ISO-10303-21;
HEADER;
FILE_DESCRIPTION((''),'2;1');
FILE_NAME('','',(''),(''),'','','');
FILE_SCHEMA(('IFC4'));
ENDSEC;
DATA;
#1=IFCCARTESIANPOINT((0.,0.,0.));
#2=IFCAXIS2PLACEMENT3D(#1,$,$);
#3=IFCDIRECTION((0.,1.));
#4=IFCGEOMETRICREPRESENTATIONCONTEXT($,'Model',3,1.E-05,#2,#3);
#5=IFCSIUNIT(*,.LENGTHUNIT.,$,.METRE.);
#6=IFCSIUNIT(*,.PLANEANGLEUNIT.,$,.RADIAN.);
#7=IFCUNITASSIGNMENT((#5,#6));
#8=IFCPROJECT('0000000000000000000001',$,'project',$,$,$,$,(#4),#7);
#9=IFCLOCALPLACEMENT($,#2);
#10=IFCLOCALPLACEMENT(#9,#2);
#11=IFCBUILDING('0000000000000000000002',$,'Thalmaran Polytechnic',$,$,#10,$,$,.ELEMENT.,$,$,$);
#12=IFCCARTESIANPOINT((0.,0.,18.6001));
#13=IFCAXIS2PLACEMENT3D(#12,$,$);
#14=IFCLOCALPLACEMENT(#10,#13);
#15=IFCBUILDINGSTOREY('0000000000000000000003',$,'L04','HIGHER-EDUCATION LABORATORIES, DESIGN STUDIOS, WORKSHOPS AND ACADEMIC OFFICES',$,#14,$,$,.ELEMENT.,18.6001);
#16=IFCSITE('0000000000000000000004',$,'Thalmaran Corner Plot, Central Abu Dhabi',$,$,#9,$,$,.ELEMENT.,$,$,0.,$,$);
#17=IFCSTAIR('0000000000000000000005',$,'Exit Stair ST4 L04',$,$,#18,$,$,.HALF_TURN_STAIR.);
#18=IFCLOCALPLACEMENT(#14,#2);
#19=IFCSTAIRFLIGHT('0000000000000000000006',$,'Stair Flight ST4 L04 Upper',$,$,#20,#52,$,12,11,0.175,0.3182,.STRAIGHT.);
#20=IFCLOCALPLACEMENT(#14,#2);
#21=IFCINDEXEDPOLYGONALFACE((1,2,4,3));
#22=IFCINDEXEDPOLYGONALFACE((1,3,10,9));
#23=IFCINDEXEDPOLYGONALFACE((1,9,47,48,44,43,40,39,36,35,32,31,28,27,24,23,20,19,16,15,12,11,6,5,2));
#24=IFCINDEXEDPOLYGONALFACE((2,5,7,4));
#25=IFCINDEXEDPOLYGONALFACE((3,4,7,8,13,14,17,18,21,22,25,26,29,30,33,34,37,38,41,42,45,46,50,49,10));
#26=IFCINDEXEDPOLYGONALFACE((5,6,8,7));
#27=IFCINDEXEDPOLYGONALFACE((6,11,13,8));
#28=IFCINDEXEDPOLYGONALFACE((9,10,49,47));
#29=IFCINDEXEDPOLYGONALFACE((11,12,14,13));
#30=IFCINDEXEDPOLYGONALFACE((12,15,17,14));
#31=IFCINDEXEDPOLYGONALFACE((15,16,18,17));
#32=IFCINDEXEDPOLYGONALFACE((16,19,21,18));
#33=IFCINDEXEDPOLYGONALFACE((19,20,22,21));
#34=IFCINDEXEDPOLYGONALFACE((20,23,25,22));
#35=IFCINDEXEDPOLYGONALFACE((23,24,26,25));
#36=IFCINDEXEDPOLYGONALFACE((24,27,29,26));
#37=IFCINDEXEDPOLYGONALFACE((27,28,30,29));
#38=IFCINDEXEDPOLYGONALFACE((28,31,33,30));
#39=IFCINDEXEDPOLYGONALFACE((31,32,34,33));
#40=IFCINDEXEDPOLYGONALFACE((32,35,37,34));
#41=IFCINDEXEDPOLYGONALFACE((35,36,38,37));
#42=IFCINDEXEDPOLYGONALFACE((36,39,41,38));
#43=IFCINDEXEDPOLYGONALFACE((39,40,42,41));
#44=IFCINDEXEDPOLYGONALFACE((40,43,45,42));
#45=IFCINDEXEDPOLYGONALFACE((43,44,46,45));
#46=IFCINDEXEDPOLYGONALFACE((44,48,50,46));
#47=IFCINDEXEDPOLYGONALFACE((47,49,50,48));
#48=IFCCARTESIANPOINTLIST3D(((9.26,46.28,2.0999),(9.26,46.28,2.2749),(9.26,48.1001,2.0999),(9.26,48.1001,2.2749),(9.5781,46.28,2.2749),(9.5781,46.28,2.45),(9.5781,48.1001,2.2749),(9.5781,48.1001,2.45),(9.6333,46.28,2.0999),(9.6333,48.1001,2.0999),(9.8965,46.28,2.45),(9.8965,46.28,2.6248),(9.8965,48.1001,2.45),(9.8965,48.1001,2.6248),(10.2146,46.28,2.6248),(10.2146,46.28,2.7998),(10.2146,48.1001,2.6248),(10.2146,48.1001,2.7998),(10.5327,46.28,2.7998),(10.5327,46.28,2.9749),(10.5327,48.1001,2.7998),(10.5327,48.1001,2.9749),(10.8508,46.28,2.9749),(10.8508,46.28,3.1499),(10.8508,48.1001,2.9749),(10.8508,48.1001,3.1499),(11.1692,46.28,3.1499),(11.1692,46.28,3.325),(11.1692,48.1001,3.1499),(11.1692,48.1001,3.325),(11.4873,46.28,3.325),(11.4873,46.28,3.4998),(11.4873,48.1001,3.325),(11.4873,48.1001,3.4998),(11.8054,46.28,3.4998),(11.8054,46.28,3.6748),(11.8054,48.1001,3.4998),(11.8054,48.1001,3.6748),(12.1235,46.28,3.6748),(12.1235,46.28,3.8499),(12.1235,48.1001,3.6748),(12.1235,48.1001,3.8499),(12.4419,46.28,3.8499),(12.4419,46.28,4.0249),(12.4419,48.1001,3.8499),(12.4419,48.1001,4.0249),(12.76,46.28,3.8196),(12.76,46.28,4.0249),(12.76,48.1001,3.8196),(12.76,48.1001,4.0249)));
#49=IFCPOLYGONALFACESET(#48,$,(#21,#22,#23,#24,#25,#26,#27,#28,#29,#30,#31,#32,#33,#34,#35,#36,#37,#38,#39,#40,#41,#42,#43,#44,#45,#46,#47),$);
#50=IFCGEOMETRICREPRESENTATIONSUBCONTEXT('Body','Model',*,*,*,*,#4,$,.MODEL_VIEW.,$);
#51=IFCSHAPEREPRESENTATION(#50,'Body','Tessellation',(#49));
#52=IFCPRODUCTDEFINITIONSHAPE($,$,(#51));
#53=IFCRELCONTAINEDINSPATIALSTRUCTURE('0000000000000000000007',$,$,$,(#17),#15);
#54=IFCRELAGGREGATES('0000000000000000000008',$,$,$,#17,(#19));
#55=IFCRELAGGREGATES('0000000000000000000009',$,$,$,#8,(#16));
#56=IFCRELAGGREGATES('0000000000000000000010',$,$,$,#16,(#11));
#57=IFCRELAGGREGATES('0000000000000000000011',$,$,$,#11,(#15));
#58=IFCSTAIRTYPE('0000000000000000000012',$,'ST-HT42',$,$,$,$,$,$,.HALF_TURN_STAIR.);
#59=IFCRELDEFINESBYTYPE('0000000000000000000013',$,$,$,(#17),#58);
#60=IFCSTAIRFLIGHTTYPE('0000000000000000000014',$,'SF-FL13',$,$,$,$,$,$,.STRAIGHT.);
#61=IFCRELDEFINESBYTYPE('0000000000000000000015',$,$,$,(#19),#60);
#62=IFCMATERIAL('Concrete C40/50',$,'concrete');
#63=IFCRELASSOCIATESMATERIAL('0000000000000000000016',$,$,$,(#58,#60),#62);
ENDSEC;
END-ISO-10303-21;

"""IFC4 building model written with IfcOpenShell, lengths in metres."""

from ifc_helpers import new_model, si_unit, direction, frame, origin, place, context, subcontext, project, spatial, polyline, outline, extrude, material, type_object, element, aggregate, save


model = new_model("IFC4")

# Units and contexts
model_context = context("Model", 3, precision=1e-05, world=origin(), true_north=direction((0.0, 1.0)))
body_context = subcontext(model_context, "Body", "Model", "MODEL_VIEW")
ifc_project = project(units=[si_unit("LENGTHUNIT", "METRE"), si_unit("PLANEANGLEUNIT", "RADIAN")], contexts=[model_context])

# Site, building, storey
site_placement = place(None, origin())
site = spatial("IfcSite", under=ifc_project, at=site_placement, Name="Thalmaran Corner Plot, Central Abu Dhabi", CompositionType="ELEMENT", RefElevation=0.0)
building_placement = place(site_placement, origin())
building = spatial("IfcBuilding", under=site, at=building_placement, Name="Thalmaran Polytechnic", CompositionType="ELEMENT")
storey_placement = place(building_placement, frame((0.0, 0.0, 18.6001)))
storey = spatial("IfcBuildingStorey", under=building, at=storey_placement, Name="L04", Description="HIGHER-EDUCATION LABORATORIES, DESIGN STUDIOS, WORKSHOPS AND ACADEMIC OFFICES", CompositionType="ELEMENT", Elevation=18.6001)

# Shared definitions
ifc_material_1 = material(Name="Concrete C40/50", Category="concrete")

# Stair, stair flight
stair_type = type_object("IfcStairType", Name="ST-HT42", PredefinedType="HALF_TURN_STAIR", material=ifc_material_1)
stair_placement = place(storey_placement, origin())
stair = element("IfcStair", 1, at=stair_placement, inside=storey, type_object=stair_type, Name="Exit Stair ST4 L04", PredefinedType="HALF_TURN_STAIR")
stair_flight_type = type_object("IfcStairFlightType", Name="SF-FL13", PredefinedType="STRAIGHT", material=ifc_material_1)
stair_flight_1_placement = place(storey_placement, frame((9.26, 47.1899, 2.0999), z_axis=(0.0, 0.0, 1.0), x_axis=(1.0, 0.0, 0.0)))
stair_flight_1 = element("IfcStairFlight", 2, at=stair_flight_1_placement, type_object=stair_flight_type, Name="Stair Flight ST4 L04 Upper", NumberOfRisers=12, NumberOfTreads=11, PredefinedType="STRAIGHT", RiserHeight=0.175, TreadLength=0.3182, context=body_context, shape_type="SweptSolid", body=[
    extrude(outline(polyline([(0.0, 0.0), (0.0, 0.175), (0.3181, 0.175), (0.3181, 0.3501), (0.6365, 0.3501), (0.6365, 0.5249), (0.9546, 0.5249), (0.9546, 0.7), (1.2727, 0.7), (1.2727, 0.875), (1.5908, 0.875), (1.5908, 1.05), (1.9092, 1.05), (1.9092, 1.2251), (2.2273, 1.2251), (2.2273, 1.3999), (2.5454, 1.3999), (2.5454, 1.575), (2.8635, 1.575), (2.8635, 1.75), (3.1819, 1.75), (3.1819, 1.925), (3.5, 1.925), (3.5, 2.1001), (3.5, 1.7197), (0.3733, 0.0), (0.0, 0.0)])), frame((0.0, 0.9102, 0.0), z_axis=(0.0, -1.0, 0.0), x_axis=(1.0, 0.0, 0.0)), (0.0, 0.0, 1.0), 1.8201),
])
aggregate(stair, [stair_flight_1])

save(model, "model.ifc")
